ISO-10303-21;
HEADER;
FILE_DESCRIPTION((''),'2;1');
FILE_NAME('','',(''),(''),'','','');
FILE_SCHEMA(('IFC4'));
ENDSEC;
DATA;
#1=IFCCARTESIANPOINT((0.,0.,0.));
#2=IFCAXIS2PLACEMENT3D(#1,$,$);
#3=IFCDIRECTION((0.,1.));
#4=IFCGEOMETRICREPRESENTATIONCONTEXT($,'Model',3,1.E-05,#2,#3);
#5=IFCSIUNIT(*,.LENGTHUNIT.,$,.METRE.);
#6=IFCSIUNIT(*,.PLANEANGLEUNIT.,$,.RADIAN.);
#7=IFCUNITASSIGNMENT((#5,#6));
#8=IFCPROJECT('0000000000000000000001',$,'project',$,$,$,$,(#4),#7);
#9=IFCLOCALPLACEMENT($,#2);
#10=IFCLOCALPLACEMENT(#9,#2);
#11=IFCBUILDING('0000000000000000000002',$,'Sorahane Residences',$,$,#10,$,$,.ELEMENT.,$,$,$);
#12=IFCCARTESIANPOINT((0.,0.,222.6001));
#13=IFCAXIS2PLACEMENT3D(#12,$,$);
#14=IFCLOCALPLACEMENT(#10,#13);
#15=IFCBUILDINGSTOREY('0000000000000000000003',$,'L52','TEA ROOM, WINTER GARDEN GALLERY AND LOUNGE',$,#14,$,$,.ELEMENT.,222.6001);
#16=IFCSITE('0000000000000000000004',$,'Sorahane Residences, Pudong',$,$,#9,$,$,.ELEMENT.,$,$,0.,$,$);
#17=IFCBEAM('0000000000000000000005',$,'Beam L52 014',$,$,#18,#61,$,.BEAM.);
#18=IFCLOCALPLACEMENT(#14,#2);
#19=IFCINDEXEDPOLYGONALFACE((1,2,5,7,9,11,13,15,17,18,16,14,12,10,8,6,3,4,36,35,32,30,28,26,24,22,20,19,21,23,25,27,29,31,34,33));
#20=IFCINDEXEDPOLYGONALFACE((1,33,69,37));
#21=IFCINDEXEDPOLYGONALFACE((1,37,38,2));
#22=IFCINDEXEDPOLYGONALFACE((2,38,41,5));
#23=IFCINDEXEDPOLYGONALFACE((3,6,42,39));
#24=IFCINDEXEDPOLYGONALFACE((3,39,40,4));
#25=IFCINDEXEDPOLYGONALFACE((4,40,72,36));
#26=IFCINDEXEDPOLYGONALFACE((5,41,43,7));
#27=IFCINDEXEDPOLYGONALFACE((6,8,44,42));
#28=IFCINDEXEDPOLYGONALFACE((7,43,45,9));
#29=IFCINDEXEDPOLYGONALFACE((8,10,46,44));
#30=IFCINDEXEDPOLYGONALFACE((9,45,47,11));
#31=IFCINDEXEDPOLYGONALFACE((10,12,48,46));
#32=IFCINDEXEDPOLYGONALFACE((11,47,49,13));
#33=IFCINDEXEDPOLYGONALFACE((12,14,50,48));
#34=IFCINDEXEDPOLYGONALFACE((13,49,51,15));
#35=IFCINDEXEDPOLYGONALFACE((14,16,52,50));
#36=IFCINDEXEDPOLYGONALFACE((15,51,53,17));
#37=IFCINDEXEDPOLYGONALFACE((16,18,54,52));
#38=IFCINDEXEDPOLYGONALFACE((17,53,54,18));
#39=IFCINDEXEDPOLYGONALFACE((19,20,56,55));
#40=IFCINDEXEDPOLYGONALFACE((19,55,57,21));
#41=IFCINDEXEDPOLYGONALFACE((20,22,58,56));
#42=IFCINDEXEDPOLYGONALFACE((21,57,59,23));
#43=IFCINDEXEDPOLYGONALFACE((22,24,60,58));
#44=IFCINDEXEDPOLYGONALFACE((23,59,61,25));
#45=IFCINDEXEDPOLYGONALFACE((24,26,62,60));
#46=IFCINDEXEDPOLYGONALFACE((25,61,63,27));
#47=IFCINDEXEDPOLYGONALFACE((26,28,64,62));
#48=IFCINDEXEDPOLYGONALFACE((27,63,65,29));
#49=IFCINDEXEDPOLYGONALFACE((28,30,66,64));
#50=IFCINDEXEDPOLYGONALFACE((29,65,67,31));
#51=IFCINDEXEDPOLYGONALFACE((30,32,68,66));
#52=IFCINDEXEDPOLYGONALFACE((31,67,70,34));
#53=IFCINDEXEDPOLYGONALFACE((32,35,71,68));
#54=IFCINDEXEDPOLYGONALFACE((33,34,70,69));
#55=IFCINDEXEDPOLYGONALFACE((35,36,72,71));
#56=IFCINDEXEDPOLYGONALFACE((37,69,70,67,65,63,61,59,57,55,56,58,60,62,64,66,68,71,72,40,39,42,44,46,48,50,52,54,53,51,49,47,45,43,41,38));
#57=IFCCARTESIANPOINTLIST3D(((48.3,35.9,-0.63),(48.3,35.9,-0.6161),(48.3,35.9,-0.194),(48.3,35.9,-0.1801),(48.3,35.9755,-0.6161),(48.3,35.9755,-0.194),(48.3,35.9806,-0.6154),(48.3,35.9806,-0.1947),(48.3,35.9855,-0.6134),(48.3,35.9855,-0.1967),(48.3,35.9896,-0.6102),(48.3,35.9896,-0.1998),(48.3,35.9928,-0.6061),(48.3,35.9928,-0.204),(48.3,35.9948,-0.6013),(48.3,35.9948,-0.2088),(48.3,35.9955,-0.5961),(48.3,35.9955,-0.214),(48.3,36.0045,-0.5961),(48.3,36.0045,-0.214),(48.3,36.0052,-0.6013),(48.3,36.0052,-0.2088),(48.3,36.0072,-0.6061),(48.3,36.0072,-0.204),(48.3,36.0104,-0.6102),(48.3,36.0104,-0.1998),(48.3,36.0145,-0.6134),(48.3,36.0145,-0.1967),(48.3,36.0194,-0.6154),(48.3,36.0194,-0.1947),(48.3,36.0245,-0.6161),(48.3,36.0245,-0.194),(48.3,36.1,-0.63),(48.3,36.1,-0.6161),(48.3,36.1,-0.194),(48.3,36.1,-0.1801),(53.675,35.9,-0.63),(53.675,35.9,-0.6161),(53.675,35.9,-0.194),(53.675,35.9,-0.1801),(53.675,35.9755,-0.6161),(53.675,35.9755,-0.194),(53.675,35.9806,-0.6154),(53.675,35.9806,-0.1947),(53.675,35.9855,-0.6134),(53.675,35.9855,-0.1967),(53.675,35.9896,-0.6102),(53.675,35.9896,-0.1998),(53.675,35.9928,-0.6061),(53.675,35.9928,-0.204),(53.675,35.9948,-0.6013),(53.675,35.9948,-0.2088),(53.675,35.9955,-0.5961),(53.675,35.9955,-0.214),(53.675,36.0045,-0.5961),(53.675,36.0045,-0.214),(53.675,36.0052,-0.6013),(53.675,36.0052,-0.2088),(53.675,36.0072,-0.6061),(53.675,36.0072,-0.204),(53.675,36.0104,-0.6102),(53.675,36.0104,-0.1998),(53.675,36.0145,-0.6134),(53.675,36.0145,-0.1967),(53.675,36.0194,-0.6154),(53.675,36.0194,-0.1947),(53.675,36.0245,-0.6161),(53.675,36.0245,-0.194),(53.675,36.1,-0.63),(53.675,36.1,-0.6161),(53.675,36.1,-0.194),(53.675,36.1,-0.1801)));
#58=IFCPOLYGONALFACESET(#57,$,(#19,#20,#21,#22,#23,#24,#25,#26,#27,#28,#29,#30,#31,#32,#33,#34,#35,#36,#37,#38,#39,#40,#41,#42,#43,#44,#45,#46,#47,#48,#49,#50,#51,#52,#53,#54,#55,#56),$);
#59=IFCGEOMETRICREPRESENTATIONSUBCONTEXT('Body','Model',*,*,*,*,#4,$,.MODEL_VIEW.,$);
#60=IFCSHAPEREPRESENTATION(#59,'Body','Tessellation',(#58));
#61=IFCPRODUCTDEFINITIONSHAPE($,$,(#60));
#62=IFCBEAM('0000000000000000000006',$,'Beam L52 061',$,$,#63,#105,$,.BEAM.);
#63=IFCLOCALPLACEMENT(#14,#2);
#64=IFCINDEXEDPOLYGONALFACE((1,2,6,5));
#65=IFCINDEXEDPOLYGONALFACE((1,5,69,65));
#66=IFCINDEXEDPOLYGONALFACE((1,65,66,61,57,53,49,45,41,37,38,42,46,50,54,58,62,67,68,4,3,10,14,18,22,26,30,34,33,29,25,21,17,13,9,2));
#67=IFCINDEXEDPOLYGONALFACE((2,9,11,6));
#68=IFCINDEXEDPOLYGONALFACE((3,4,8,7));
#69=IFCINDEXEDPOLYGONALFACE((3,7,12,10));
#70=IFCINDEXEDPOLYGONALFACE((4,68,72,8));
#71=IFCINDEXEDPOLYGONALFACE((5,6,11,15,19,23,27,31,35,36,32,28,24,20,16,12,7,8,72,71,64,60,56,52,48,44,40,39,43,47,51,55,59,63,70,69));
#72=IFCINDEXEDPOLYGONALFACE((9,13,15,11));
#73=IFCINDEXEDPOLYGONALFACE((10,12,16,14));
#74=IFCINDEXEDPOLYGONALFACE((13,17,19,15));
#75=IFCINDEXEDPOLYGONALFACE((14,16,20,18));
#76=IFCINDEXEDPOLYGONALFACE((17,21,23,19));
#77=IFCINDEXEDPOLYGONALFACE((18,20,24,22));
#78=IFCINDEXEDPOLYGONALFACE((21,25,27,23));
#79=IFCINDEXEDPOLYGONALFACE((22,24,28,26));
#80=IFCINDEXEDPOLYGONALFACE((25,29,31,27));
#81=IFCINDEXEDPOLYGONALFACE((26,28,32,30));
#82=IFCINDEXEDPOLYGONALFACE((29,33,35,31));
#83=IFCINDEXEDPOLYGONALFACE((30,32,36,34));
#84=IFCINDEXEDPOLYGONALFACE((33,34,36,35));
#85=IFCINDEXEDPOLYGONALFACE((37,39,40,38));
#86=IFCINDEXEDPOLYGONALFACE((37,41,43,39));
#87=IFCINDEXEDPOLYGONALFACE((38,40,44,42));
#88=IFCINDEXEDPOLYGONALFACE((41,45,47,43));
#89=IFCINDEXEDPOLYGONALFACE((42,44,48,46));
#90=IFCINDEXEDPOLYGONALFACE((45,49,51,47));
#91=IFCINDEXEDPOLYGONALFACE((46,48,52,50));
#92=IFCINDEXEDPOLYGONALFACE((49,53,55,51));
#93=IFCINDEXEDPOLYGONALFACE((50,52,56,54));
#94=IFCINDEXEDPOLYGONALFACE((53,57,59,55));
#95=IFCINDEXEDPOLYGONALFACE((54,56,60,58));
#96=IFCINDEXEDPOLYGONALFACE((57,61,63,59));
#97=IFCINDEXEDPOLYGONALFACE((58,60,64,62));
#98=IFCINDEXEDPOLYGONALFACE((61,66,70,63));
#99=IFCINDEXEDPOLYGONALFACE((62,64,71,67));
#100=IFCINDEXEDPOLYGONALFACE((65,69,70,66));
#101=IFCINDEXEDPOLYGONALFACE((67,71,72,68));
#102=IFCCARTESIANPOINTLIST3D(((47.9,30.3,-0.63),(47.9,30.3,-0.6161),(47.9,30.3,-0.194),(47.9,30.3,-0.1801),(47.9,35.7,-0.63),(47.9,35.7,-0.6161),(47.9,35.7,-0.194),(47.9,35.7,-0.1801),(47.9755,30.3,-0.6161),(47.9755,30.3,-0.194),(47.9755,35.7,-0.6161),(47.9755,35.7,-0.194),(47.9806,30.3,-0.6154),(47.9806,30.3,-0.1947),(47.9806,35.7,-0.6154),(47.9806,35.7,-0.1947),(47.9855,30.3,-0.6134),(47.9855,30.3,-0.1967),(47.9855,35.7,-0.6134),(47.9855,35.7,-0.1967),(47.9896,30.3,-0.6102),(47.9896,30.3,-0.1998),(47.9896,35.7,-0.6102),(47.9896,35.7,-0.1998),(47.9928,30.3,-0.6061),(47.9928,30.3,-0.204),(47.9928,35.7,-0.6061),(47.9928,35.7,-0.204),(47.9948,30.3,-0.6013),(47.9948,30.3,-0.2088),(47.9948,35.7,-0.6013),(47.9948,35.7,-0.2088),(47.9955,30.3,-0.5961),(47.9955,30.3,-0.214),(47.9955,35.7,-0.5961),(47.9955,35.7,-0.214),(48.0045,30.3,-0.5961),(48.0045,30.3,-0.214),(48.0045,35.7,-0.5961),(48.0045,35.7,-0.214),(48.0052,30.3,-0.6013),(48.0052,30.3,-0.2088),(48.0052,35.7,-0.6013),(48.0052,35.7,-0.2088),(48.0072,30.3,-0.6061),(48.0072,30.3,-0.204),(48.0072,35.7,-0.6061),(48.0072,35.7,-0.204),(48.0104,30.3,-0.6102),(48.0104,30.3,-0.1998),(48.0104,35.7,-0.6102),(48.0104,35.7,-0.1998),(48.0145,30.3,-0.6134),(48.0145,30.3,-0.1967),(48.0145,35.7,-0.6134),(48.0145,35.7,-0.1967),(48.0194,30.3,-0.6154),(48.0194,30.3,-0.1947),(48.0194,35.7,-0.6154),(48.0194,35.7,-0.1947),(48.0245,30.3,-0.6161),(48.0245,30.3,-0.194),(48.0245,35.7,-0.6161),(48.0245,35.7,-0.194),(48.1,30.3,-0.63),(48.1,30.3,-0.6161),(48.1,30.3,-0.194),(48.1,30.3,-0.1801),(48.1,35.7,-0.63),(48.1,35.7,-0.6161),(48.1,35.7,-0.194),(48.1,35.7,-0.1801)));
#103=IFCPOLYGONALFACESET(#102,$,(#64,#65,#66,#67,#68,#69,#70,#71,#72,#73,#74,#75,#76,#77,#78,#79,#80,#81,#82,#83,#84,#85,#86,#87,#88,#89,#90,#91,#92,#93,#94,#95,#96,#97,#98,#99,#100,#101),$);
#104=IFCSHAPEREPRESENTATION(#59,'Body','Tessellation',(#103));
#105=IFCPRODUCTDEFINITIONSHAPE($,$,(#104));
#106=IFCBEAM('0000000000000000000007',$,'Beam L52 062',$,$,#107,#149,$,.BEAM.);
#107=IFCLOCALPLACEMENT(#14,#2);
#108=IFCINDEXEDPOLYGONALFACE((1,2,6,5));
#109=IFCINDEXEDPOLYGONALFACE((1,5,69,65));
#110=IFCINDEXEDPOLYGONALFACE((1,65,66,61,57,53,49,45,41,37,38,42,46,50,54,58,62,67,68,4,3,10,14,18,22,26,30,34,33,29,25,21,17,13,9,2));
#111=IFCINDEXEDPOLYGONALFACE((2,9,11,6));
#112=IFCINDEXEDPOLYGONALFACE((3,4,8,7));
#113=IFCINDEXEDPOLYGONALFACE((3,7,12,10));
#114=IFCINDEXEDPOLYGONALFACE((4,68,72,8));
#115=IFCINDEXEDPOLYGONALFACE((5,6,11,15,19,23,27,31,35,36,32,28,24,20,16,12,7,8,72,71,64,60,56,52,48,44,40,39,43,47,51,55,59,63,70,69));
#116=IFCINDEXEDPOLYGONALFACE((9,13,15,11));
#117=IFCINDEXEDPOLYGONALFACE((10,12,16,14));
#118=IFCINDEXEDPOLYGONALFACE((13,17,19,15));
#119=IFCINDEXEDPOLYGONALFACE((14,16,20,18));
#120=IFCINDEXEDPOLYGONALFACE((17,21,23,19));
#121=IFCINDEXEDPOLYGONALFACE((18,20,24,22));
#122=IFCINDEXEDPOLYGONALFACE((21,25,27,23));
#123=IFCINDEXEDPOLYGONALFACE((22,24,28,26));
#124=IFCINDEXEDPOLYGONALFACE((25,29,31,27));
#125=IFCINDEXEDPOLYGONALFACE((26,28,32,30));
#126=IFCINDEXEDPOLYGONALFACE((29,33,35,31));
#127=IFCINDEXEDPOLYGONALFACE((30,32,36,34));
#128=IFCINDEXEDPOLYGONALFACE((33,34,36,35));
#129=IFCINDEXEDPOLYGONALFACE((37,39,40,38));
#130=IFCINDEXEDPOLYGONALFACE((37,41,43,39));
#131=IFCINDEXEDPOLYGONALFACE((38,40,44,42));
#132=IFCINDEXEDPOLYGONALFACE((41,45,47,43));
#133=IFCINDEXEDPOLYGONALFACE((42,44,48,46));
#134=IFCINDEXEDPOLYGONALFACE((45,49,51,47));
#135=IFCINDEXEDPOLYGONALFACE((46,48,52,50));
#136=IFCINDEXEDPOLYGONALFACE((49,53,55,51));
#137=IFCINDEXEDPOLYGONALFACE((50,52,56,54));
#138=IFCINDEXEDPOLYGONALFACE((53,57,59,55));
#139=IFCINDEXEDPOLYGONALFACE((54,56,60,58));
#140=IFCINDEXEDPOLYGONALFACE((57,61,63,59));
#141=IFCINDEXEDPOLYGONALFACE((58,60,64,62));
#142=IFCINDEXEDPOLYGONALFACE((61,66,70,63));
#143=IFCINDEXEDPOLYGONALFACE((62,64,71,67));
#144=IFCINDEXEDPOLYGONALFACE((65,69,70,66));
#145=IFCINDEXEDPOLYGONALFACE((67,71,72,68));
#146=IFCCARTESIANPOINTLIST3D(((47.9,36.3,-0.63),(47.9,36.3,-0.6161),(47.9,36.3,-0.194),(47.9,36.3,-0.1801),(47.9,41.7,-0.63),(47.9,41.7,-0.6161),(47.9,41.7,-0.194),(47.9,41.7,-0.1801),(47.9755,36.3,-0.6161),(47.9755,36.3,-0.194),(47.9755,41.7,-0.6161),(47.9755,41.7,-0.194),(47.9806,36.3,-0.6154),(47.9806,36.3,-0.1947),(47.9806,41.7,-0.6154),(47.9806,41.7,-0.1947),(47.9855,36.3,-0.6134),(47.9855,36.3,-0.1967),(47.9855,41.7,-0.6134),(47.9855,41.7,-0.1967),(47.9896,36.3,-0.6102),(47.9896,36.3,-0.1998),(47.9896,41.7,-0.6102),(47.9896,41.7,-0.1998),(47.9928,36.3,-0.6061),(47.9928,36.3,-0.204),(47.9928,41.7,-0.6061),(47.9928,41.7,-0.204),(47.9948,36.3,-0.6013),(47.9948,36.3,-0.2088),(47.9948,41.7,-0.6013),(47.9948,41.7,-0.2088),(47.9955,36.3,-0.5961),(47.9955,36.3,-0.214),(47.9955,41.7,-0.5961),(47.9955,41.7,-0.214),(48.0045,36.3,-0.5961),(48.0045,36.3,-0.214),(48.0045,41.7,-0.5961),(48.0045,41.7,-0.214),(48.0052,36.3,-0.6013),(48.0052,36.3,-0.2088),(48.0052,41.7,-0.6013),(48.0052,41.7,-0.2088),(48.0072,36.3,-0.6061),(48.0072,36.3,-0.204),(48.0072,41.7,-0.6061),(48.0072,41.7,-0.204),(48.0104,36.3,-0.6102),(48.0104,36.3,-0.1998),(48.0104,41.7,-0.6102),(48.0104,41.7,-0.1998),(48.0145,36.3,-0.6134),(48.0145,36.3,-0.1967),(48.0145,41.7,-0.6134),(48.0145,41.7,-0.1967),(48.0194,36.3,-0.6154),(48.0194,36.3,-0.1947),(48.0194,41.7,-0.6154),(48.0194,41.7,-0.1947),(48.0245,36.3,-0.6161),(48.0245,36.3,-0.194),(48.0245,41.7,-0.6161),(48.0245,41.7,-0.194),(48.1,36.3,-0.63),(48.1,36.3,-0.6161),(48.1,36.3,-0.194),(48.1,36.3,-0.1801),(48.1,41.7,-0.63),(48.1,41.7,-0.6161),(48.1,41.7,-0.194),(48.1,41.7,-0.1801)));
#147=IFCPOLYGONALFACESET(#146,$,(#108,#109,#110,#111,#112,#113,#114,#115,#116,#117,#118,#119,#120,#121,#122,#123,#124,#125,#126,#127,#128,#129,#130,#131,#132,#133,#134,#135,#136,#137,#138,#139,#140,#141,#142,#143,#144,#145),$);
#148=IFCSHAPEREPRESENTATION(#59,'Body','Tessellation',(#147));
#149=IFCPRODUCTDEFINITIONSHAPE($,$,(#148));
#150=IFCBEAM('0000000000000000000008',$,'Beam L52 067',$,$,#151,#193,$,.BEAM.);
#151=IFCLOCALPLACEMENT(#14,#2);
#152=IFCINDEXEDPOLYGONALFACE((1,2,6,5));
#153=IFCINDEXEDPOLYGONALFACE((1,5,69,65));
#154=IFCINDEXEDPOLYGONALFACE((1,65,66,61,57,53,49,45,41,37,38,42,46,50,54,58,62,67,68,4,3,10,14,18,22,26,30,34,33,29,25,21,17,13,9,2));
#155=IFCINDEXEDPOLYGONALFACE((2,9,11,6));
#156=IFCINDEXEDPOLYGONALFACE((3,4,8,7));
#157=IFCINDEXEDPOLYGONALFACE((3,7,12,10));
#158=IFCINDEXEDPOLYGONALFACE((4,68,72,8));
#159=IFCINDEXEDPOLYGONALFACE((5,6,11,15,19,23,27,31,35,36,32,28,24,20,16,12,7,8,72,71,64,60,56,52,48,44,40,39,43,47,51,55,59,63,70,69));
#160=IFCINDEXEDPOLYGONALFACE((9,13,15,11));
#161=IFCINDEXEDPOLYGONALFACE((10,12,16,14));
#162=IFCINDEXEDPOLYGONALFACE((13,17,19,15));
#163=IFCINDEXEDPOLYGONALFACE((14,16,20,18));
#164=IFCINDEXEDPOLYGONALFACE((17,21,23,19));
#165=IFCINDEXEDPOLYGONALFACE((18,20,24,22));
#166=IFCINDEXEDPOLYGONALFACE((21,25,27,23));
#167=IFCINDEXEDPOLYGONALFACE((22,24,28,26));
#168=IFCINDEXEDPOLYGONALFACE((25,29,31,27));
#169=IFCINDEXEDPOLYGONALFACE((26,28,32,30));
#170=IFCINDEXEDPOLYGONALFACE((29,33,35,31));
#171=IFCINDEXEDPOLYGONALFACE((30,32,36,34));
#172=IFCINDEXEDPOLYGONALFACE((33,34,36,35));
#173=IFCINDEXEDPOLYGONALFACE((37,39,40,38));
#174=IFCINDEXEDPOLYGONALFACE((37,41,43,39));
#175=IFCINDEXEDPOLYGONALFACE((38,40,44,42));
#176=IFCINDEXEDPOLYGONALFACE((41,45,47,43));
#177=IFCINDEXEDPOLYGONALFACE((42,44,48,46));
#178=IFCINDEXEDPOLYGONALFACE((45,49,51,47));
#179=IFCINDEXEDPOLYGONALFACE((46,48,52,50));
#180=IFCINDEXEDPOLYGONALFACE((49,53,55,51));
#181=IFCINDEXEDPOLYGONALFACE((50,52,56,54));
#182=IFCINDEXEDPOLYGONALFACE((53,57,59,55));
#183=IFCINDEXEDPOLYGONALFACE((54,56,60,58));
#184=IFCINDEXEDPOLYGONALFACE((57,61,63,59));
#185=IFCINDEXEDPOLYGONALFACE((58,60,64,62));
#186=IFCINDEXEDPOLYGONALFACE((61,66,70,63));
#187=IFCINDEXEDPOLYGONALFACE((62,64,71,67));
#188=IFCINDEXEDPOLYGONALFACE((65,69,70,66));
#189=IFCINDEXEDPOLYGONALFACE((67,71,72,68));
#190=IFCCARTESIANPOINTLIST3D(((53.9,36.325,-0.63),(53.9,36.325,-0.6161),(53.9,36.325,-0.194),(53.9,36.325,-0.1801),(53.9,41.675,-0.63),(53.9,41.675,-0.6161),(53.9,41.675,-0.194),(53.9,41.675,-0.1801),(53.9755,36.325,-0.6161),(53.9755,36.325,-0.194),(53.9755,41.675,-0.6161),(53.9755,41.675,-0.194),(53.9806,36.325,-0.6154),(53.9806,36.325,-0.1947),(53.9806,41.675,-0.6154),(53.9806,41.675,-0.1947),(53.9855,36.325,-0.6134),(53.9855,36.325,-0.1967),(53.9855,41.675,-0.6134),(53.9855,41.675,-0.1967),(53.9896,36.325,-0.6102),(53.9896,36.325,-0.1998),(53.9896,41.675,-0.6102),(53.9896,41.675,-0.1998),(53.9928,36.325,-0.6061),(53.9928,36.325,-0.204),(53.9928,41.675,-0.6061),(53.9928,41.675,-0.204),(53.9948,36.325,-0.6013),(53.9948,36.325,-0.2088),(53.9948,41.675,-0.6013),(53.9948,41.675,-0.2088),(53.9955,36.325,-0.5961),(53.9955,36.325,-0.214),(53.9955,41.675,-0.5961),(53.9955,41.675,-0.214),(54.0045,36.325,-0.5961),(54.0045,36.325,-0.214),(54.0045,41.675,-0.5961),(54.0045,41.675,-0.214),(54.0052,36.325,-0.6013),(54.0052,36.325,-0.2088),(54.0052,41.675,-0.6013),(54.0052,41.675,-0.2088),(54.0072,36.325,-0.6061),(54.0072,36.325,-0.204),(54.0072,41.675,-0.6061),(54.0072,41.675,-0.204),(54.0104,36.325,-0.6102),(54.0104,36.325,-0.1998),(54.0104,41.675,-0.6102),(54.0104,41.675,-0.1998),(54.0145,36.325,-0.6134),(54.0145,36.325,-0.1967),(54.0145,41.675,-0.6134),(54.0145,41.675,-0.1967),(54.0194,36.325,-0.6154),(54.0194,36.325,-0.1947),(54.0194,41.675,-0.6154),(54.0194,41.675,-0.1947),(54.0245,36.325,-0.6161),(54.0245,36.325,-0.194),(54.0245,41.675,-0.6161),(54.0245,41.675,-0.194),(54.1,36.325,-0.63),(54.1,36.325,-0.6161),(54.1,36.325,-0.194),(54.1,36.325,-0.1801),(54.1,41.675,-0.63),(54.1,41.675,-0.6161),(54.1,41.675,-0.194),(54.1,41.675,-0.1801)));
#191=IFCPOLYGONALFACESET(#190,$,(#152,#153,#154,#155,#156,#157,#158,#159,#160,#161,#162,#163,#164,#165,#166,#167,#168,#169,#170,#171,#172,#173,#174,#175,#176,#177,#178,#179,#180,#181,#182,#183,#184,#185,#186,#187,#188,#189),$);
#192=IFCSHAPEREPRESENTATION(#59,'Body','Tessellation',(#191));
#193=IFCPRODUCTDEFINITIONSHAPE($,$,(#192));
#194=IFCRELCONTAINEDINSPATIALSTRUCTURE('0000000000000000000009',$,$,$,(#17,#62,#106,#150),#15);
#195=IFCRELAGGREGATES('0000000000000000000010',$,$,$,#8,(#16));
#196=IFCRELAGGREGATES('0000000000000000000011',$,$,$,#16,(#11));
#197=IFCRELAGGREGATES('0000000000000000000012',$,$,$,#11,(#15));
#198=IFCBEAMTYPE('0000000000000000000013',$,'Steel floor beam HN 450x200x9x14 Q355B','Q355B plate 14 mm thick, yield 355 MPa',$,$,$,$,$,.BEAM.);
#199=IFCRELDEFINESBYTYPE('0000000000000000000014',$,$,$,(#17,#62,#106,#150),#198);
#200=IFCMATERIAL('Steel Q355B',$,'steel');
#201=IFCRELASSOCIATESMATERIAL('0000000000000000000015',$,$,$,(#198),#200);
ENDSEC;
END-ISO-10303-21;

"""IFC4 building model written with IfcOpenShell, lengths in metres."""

from ifc_helpers import new_model, si_unit, direction, frame, origin, origin_2d, place, context, subcontext, project, spatial, i_section, extrude, material, material_profile, profile_set, type_object, element, save


model = new_model("IFC4")

# Units and contexts
model_context = context("Model", 3, precision=1e-05, world=origin(), true_north=direction((0.0, 1.0)))
body_context = subcontext(model_context, "Body", "Model", "MODEL_VIEW")
ifc_project = project(units=[si_unit("LENGTHUNIT", "METRE"), si_unit("PLANEANGLEUNIT", "RADIAN")], contexts=[model_context])

# Site, building, storey
site_placement = place(None, origin())
site = spatial("IfcSite", under=ifc_project, at=site_placement, Name="Sorahane Residences, Pudong", CompositionType="ELEMENT", RefElevation=0.0)
building_placement = place(site_placement, origin())
building = spatial("IfcBuilding", under=site, at=building_placement, Name="Sorahane Residences", CompositionType="ELEMENT")
storey_placement = place(building_placement, frame((0.0, 0.0, 222.6001)))
storey = spatial("IfcBuildingStorey", under=building, at=storey_placement, Name="L52", Description="TEA ROOM, WINTER GARDEN GALLERY AND LOUNGE", CompositionType="ELEMENT", Elevation=222.6001)

# Beams
ifc_material_1 = material(Name="Steel Q355B", Category="steel")
ifc_material_profile_1 = material_profile(ifc_material_1, i_section(OverallWidth=0.2, OverallDepth=0.45, WebThickness=0.009, FlangeThickness=0.0139, FilletRadius=0.02, at=origin_2d()), Name="HN 450x200x9x14")
ifc_profile_set_1 = profile_set([ifc_material_profile_1], Name="Steel Q355B")
beam_type_1 = type_object("IfcBeamType", Name="Steel floor beam HN 450x200x9x14 Q355B", Description="Q355B plate 14 mm thick, yield 355 MPa", PredefinedType="BEAM", material=ifc_profile_set_1)
beam_1_placement = place(storey_placement, frame((48.3, 36.0, -0.405), z_axis=(1.0, 0.0, 0.0), x_axis=(0.0, 1.0, 0.0)))
element("IfcBeam", 1, at=beam_1_placement, inside=storey, type_object=beam_type_1, Name="Beam L52 014", PredefinedType="BEAM", context=body_context, shape_type="SweptSolid", body=[
    extrude(i_section(OverallWidth=0.2, OverallDepth=0.45, WebThickness=0.009, FlangeThickness=0.0139, FilletRadius=0.02, at=origin_2d()), origin(), (0.0, 0.0, 1.0), 5.375),
])
for number, where, z_axis, x_axis, name in (
    (2, (48.0, 30.3, -0.405), (0.0, 1.0, 0.0), (-1.0, 0.0, 0.0), "Beam L52 061"),
    (3, (48.0, 36.3, -0.405), (0.0, 1.0, 0.0), (-1.0, 0.0, 0.0), "Beam L52 062"),
):
    element("IfcBeam", number, at=place(storey_placement, frame(where, z_axis=z_axis, x_axis=x_axis)), inside=storey, type_object=beam_type_1, Name=name, PredefinedType="BEAM", context=body_context, shape_type="SweptSolid", body=[
        extrude(i_section(OverallWidth=0.2, OverallDepth=0.45, WebThickness=0.009, FlangeThickness=0.0139, FilletRadius=0.02, at=origin_2d()), origin(), (0.0, 0.0, 1.0), 5.3999),
    ])
beam_2_placement = place(storey_placement, frame((54.0, 36.325, -0.405), z_axis=(0.0, 1.0, 0.0), x_axis=(-1.0, 0.0, 0.0)))
element("IfcBeam", 4, at=beam_2_placement, inside=storey, type_object=beam_type_1, Name="Beam L52 067", PredefinedType="BEAM", context=body_context, shape_type="SweptSolid", body=[
    extrude(i_section(OverallWidth=0.2, OverallDepth=0.45, WebThickness=0.009, FlangeThickness=0.0139, FilletRadius=0.02, at=origin_2d()), origin(), (0.0, 0.0, 1.0), 5.3501),
])

save(model, "model.ifc")
